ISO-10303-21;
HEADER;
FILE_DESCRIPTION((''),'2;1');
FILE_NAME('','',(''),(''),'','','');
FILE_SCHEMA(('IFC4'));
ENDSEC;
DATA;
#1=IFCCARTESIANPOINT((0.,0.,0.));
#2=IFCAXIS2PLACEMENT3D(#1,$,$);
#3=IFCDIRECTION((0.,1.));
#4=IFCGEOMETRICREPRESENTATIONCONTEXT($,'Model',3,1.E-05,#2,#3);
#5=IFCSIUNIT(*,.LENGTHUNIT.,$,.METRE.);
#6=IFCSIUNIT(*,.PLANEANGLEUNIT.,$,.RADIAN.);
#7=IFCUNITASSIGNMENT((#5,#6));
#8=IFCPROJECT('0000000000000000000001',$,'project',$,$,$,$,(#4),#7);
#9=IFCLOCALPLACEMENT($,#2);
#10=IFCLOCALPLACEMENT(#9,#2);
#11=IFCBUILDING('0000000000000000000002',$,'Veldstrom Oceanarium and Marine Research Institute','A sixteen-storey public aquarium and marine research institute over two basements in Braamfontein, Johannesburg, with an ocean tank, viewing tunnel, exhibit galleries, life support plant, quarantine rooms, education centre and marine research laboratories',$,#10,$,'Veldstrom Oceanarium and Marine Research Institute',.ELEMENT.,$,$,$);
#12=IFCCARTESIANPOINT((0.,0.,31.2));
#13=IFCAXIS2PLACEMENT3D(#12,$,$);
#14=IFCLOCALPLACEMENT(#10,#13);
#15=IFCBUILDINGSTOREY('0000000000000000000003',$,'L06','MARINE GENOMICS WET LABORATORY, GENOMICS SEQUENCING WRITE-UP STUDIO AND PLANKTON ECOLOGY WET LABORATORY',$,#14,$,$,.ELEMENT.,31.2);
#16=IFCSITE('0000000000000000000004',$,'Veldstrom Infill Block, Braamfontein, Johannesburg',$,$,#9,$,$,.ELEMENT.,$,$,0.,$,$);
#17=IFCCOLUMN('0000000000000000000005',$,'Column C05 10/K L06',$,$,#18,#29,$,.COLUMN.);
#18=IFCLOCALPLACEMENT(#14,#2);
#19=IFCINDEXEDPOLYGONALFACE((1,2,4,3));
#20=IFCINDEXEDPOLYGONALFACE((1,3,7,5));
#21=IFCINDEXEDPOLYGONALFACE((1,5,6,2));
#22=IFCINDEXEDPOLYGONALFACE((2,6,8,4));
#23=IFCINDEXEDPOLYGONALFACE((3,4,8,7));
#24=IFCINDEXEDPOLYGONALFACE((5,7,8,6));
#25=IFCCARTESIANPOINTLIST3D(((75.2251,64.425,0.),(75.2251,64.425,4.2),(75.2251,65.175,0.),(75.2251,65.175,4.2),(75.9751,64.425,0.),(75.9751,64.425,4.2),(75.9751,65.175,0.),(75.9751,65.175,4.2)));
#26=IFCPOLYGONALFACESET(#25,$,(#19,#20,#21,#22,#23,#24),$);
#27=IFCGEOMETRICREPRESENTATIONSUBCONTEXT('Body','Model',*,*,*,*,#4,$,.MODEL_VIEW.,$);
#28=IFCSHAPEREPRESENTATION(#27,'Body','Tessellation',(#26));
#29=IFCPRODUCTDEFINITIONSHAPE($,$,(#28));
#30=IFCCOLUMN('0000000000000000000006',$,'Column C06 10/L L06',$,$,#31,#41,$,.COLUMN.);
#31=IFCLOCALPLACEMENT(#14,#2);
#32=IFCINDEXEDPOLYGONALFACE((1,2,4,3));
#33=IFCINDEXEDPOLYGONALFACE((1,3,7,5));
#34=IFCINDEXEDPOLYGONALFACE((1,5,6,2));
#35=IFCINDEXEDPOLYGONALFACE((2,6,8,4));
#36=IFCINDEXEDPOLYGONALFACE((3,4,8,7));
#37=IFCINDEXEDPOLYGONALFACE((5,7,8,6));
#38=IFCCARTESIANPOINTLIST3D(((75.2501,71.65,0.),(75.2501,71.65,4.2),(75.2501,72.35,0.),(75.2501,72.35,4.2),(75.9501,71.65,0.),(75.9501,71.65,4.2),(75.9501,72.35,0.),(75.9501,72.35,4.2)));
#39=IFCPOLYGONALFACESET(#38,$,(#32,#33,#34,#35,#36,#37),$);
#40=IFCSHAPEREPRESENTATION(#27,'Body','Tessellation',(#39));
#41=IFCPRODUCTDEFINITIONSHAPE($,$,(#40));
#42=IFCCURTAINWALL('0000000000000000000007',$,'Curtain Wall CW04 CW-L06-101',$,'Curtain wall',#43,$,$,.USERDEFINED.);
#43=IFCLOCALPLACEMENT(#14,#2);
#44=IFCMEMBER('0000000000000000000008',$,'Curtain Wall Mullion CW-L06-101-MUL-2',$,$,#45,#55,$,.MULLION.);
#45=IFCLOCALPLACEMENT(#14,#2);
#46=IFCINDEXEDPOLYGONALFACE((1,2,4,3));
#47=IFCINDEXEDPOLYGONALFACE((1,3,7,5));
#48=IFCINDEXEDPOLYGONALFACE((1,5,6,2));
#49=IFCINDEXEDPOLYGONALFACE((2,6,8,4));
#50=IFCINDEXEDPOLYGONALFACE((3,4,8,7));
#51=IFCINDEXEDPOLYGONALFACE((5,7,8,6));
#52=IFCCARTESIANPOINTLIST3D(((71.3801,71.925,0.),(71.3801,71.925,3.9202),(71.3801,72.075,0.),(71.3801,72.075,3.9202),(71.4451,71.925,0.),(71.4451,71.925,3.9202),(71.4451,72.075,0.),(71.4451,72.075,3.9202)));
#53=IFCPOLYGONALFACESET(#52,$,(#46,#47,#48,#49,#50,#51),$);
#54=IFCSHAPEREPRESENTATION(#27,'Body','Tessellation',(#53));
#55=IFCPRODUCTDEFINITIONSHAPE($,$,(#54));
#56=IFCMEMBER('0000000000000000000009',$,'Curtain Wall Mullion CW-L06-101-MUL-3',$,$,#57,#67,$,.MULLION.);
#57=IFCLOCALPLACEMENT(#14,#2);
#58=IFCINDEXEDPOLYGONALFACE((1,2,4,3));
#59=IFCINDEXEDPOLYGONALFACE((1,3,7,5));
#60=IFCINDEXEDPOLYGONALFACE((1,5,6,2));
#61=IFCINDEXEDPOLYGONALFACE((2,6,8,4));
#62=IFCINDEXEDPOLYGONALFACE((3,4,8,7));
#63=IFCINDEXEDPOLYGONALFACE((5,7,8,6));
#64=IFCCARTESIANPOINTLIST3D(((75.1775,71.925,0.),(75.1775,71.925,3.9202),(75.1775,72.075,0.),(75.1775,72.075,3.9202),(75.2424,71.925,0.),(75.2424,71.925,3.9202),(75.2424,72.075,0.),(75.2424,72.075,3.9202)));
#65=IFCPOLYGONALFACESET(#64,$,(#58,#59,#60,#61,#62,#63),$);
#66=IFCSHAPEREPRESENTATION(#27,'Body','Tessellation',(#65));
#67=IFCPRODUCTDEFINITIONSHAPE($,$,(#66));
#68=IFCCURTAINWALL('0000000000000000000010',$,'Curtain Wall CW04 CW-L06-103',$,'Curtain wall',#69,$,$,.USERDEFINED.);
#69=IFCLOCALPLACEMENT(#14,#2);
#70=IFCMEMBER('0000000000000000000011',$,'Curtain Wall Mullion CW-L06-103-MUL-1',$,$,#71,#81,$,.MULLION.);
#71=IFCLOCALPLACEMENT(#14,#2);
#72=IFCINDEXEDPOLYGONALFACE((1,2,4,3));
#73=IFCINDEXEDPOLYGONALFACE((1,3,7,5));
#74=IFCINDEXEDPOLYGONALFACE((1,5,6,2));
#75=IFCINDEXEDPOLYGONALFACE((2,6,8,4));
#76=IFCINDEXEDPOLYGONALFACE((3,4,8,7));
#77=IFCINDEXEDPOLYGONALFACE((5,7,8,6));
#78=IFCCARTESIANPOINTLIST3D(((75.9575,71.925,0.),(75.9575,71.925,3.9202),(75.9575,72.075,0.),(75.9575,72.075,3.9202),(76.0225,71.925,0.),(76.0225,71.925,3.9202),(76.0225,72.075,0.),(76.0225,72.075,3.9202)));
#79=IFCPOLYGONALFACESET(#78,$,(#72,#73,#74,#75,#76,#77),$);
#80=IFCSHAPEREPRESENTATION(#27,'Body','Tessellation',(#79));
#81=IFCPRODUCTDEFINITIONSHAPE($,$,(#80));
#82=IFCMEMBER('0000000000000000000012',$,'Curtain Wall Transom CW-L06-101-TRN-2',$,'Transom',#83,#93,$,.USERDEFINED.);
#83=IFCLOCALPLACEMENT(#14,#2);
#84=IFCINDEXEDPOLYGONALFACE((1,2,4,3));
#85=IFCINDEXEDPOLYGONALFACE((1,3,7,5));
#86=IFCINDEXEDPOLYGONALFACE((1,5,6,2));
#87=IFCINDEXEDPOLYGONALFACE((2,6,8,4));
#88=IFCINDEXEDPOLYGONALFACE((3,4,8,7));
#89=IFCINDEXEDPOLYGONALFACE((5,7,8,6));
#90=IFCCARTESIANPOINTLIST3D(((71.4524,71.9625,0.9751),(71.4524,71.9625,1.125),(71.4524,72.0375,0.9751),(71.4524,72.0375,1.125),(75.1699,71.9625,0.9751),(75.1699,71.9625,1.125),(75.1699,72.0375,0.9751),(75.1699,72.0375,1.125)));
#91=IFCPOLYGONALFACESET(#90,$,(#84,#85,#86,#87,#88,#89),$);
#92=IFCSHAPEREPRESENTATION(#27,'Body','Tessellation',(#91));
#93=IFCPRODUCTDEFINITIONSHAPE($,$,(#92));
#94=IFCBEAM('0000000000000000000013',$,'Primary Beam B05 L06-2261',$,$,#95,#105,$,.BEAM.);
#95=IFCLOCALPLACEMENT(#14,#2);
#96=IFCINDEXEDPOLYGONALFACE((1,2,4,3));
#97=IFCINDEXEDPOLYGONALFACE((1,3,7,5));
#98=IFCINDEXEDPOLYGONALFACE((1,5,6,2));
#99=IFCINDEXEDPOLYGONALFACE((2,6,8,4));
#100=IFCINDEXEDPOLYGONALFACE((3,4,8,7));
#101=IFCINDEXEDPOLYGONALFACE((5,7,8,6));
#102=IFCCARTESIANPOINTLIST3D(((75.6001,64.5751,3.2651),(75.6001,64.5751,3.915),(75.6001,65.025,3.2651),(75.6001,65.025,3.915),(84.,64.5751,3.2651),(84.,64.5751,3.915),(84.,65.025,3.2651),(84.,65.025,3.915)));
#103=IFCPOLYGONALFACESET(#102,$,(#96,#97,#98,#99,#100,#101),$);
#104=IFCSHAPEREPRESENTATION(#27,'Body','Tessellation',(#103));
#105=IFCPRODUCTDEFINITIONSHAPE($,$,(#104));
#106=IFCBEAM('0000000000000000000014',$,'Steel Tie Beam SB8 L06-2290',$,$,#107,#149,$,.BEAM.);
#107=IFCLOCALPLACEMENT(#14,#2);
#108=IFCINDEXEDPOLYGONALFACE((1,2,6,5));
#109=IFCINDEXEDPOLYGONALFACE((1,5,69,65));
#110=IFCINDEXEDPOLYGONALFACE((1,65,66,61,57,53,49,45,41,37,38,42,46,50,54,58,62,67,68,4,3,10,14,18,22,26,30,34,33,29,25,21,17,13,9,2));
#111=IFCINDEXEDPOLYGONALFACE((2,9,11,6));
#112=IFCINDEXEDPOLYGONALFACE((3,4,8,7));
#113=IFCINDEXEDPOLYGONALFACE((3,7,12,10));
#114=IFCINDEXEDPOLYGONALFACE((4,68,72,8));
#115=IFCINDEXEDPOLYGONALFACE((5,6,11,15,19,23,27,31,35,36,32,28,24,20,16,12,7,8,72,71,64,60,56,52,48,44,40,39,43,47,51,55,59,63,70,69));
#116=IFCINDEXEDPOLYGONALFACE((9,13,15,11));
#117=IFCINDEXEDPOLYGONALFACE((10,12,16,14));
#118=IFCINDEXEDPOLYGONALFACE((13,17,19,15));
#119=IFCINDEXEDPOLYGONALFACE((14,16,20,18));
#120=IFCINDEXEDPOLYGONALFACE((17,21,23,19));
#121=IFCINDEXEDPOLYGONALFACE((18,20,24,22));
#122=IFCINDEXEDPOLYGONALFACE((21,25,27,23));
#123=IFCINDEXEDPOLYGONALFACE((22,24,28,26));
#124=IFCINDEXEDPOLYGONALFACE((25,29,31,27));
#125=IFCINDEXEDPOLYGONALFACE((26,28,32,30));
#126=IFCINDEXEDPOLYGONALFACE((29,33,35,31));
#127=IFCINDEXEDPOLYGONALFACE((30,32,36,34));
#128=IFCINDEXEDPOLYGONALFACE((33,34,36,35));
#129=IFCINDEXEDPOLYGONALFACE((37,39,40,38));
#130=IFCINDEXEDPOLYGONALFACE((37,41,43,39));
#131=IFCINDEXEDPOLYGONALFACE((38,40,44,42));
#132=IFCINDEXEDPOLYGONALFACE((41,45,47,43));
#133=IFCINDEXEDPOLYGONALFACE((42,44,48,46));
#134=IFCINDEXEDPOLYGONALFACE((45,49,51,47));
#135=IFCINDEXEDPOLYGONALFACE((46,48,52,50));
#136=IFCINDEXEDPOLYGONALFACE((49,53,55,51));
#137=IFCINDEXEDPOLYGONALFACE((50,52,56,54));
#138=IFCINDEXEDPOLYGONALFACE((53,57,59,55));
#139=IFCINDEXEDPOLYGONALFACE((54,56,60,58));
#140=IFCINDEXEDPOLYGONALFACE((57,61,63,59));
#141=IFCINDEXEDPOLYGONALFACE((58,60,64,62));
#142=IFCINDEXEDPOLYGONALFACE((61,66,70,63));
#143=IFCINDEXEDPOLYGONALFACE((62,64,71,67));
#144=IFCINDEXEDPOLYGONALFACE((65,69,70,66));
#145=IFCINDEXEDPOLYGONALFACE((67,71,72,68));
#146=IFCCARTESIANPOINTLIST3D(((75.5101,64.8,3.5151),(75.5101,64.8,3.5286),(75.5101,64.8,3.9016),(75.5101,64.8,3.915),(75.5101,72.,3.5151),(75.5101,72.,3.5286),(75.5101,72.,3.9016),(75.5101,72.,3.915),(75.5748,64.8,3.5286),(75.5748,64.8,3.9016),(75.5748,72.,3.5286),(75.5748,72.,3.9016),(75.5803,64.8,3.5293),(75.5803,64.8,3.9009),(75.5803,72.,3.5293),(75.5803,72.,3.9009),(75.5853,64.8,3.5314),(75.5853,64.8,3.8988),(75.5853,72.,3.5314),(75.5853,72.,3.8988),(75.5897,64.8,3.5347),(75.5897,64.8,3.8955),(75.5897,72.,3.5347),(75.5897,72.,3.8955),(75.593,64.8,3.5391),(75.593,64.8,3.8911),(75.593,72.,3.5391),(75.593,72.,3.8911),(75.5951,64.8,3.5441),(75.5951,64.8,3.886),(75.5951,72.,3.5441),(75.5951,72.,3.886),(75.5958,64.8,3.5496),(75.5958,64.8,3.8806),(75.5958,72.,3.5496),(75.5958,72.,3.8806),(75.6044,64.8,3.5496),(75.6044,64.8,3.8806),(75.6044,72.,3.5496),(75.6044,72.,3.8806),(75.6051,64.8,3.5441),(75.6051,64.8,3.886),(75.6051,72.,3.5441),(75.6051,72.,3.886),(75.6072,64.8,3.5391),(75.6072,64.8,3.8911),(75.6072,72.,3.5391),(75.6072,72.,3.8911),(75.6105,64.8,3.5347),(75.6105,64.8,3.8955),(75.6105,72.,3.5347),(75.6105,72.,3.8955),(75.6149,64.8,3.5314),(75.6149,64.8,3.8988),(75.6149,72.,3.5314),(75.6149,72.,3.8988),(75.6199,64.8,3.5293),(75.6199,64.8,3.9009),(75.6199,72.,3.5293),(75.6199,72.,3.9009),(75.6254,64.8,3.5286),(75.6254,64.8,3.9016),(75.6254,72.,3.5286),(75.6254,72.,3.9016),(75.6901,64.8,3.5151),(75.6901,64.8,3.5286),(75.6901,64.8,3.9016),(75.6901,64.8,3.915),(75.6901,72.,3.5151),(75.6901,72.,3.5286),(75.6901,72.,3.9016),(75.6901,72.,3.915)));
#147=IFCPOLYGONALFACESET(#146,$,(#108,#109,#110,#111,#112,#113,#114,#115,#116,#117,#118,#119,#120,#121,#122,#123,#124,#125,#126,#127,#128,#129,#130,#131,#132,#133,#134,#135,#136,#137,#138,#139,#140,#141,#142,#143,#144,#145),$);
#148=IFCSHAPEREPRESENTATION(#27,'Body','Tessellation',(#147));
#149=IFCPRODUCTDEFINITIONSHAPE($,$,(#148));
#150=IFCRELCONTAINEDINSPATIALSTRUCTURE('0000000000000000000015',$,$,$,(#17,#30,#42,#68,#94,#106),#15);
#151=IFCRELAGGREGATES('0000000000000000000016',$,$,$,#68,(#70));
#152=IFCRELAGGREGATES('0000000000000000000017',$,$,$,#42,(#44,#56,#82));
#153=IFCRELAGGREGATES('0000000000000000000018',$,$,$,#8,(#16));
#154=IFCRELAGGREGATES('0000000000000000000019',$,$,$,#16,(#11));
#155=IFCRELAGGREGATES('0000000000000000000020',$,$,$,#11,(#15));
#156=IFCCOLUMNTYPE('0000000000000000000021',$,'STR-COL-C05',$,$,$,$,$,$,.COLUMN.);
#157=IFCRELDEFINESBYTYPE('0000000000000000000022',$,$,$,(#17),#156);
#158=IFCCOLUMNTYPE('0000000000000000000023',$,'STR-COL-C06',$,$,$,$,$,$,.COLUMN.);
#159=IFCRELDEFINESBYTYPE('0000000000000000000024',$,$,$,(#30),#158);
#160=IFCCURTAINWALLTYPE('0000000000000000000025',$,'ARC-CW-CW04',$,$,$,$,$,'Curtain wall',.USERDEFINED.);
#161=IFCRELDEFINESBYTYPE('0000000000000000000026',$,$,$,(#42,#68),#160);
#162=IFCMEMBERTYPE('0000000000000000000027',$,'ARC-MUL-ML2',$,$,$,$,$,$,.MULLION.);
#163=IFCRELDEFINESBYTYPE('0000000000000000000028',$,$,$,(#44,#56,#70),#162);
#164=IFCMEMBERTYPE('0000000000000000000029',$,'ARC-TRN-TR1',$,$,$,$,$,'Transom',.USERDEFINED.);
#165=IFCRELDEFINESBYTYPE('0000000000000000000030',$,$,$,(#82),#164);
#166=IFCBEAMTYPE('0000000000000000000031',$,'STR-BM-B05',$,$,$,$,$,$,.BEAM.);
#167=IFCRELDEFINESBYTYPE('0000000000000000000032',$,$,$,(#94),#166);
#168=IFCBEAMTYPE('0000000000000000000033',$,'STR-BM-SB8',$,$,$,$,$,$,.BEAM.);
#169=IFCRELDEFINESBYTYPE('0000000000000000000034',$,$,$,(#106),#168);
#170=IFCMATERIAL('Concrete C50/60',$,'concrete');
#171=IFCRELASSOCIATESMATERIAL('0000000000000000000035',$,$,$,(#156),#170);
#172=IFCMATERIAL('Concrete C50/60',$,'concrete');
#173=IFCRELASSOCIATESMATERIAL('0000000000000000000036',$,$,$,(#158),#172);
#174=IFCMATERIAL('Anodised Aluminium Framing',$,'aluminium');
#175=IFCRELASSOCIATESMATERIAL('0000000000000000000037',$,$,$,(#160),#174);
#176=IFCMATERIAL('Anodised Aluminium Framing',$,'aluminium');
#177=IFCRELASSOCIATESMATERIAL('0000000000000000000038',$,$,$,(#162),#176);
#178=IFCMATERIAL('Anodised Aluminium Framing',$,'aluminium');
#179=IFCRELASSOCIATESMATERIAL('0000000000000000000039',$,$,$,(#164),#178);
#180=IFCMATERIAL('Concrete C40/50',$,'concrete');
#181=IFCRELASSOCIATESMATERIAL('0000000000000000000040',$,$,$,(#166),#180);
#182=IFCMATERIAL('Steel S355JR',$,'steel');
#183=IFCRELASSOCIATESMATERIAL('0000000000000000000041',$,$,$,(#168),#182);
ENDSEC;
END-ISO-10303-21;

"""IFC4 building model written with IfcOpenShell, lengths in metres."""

from ifc_helpers import new_model, si_unit, direction, frame, origin, origin_2d, place, context, subcontext, project, spatial, rectangle, i_section, extrude, material, material_profile, profile_set, type_object, element, aggregate, save


model = new_model("IFC4")

# Units and contexts
model_context = context("Model", 3, precision=1e-05, world=origin(), true_north=direction((0.0, 1.0)))
body_context = subcontext(model_context, "Body", "Model", "MODEL_VIEW")
ifc_project = project(units=[si_unit("LENGTHUNIT", "METRE"), si_unit("PLANEANGLEUNIT", "RADIAN")], contexts=[model_context])

# Site, building, storey
site_placement = place(None, origin())
site = spatial("IfcSite", under=ifc_project, at=site_placement, Name="Veldstrom Infill Block, Braamfontein, Johannesburg", CompositionType="ELEMENT", RefElevation=0.0)
building_placement = place(site_placement, origin())
building = spatial("IfcBuilding", under=site, at=building_placement, Name="Veldstrom Oceanarium and Marine Research Institute", Description="A sixteen-storey public aquarium and marine research institute over two basements in Braamfontein, Johannesburg, with an ocean tank, viewing tunnel, exhibit galleries, life support plant, quarantine rooms, education centre and marine research laboratories", LongName="Veldstrom Oceanarium and Marine Research Institute", CompositionType="ELEMENT")
storey_placement = place(building_placement, frame((0.0, 0.0, 31.2)))
storey = spatial("IfcBuildingStorey", under=building, at=storey_placement, Name="L06", Description="MARINE GENOMICS WET LABORATORY, GENOMICS SEQUENCING WRITE-UP STUDIO AND PLANKTON ECOLOGY WET LABORATORY", CompositionType="ELEMENT", Elevation=31.2)

# Columns
ifc_material_1 = material(Name="Concrete C50/60", Category="concrete")
ifc_material_profile_1 = material_profile(ifc_material_1, rectangle(XDim=0.75, YDim=0.75, at=origin_2d()), Name="RC-COL-750x750")
ifc_profile_set_1 = profile_set([ifc_material_profile_1], Name="Concrete C50/60")
column_type_1 = type_object("IfcColumnType", Name="STR-COL-C05", PredefinedType="COLUMN", material=ifc_profile_set_1)
column_1_placement = place(storey_placement, frame((75.6001, 64.8, 0.0), z_axis=(0.0, 0.0, 1.0), x_axis=(1.0, 0.0, 0.0)))
element("IfcColumn", 1, at=column_1_placement, inside=storey, type_object=column_type_1, Name="Column C05 10/K L06", PredefinedType="COLUMN", context=body_context, shape_type="SweptSolid", body=[
    extrude(rectangle(XDim=0.75, YDim=0.75, at=origin_2d()), origin(), (0.0, 0.0, 1.0), 4.2),
])
ifc_material_2 = material(Name="Concrete C50/60", Category="concrete")
ifc_material_profile_2 = material_profile(ifc_material_2, rectangle(XDim=0.7, YDim=0.7, at=origin_2d()), Name="RC-COL-700x700")
ifc_profile_set_2 = profile_set([ifc_material_profile_2], Name="Concrete C50/60")
column_type_2 = type_object("IfcColumnType", Name="STR-COL-C06", PredefinedType="COLUMN", material=ifc_profile_set_2)
column_2_placement = place(storey_placement, frame((75.6001, 72.0, 0.0), z_axis=(0.0, 0.0, 1.0), x_axis=(1.0, 0.0, 0.0)))
element("IfcColumn", 2, at=column_2_placement, inside=storey, type_object=column_type_2, Name="Column C06 10/L L06", PredefinedType="COLUMN", context=body_context, shape_type="SweptSolid", body=[
    extrude(rectangle(XDim=0.7, YDim=0.7, at=origin_2d()), origin(), (0.0, 0.0, 1.0), 4.2),
])

# Curtain wall, members
ifc_material_3 = material(Name="Anodised Aluminium Framing", Category="aluminium")
curtain_wall_type = type_object("IfcCurtainWallType", Name="ARC-CW-CW04", ElementType="Curtain wall", PredefinedType="USERDEFINED", material=ifc_material_3)
curtain_wall_1_placement = place(storey_placement, origin())
curtain_wall_1 = element("IfcCurtainWall", 3, at=curtain_wall_1_placement, inside=storey, type_object=curtain_wall_type, Name="Curtain Wall CW04 CW-L06-101", ObjectType="Curtain wall", PredefinedType="USERDEFINED")
ifc_material_4 = material(Name="Anodised Aluminium Framing", Category="aluminium")
ifc_material_profile_3 = material_profile(ifc_material_4, rectangle(XDim=0.0649, YDim=0.1499, at=origin_2d()), Name="ALU-MUL-65x150")
ifc_profile_set_3 = profile_set([ifc_material_profile_3], Name="Anodised Aluminium Framing")
member_type_1 = type_object("IfcMemberType", Name="ARC-MUL-ML2", PredefinedType="MULLION", material=ifc_profile_set_3)
member_1_placement = place(storey_placement, frame((71.4126, 72.0, 0.0), z_axis=(0.0, 0.0, 1.0), x_axis=(1.0, 0.0, 0.0)))
member_1 = element("IfcMember", 4, at=member_1_placement, type_object=member_type_1, Name="Curtain Wall Mullion CW-L06-101-MUL-2", PredefinedType="MULLION", context=body_context, shape_type="SweptSolid", body=[
    extrude(rectangle(XDim=0.0649, YDim=0.1499, at=origin_2d()), origin(), (0.0, 0.0, 1.0), 3.9202),
])
member_2_placement = place(storey_placement, frame((75.21, 72.0, 0.0), z_axis=(0.0, 0.0, 1.0), x_axis=(1.0, 0.0, 0.0)))
member_2 = element("IfcMember", 5, at=member_2_placement, type_object=member_type_1, Name="Curtain Wall Mullion CW-L06-101-MUL-3", PredefinedType="MULLION", context=body_context, shape_type="SweptSolid", body=[
    extrude(rectangle(XDim=0.0649, YDim=0.1499, at=origin_2d()), origin(), (0.0, 0.0, 1.0), 3.9202),
])

# Curtain wall, member
curtain_wall_2_placement = place(storey_placement, origin())
curtain_wall_2 = element("IfcCurtainWall", 6, at=curtain_wall_2_placement, inside=storey, type_object=curtain_wall_type, Name="Curtain Wall CW04 CW-L06-103", ObjectType="Curtain wall", PredefinedType="USERDEFINED")
member_3_placement = place(storey_placement, frame((75.99, 72.0, 0.0), z_axis=(0.0, 0.0, 1.0), x_axis=(1.0, 0.0, 0.0)))
member_3 = element("IfcMember", 7, at=member_3_placement, type_object=member_type_1, Name="Curtain Wall Mullion CW-L06-103-MUL-1", PredefinedType="MULLION", context=body_context, shape_type="SweptSolid", body=[
    extrude(rectangle(XDim=0.0649, YDim=0.1499, at=origin_2d()), origin(), (0.0, 0.0, 1.0), 3.9202),
])
aggregate(curtain_wall_2, [member_3])

# Member
ifc_material_5 = material(Name="Anodised Aluminium Framing", Category="aluminium")
ifc_material_profile_4 = material_profile(ifc_material_5, rectangle(XDim=0.075, YDim=0.1499, at=origin_2d()), Name="ALU-TRN-75x150")
ifc_profile_set_4 = profile_set([ifc_material_profile_4], Name="Anodised Aluminium Framing")
member_type_2 = type_object("IfcMemberType", Name="ARC-TRN-TR1", ElementType="Transom", PredefinedType="USERDEFINED", material=ifc_profile_set_4)
member_4_placement = place(storey_placement, frame((71.4524, 72.0, 1.05), z_axis=(1.0, 0.0, 0.0), x_axis=(0.0, 1.0, 0.0)))
member_4 = element("IfcMember", 8, at=member_4_placement, type_object=member_type_2, Name="Curtain Wall Transom CW-L06-101-TRN-2", ObjectType="Transom", PredefinedType="USERDEFINED", context=body_context, shape_type="SweptSolid", body=[
    extrude(rectangle(XDim=0.075, YDim=0.1499, at=origin_2d()), origin(), (0.0, 0.0, 1.0), 3.7175),
])

# Beams
ifc_material_6 = material(Name="Concrete C40/50", Category="concrete")
ifc_material_profile_5 = material_profile(ifc_material_6, rectangle(XDim=0.45, YDim=0.6499, at=origin_2d()), Name="RC-BM-450x650")
ifc_profile_set_5 = profile_set([ifc_material_profile_5], Name="Concrete C40/50")
beam_type_1 = type_object("IfcBeamType", Name="STR-BM-B05", PredefinedType="BEAM", material=ifc_profile_set_5)
beam_1_placement = place(storey_placement, frame((75.6001, 64.8, 3.5901), z_axis=(1.0, 0.0, 0.0), x_axis=(0.0, 1.0, 0.0)))
element("IfcBeam", 9, at=beam_1_placement, inside=storey, type_object=beam_type_1, Name="Primary Beam B05 L06-2261", PredefinedType="BEAM", context=body_context, shape_type="SweptSolid", body=[
    extrude(rectangle(XDim=0.45, YDim=0.6499, at=origin_2d()), origin(), (0.0, 0.0, 1.0), 8.3999),
])
ifc_material_7 = material(Name="Steel S355JR", Category="steel")
ifc_material_profile_6 = material_profile(ifc_material_7, i_section(OverallWidth=0.1799, OverallDepth=0.3999, WebThickness=0.0085, FlangeThickness=0.0134, FilletRadius=0.021, at=origin_2d()), Name="IPE 400")
ifc_profile_set_6 = profile_set([ifc_material_profile_6], Name="Steel S355JR")
beam_type_2 = type_object("IfcBeamType", Name="STR-BM-SB8", PredefinedType="BEAM", material=ifc_profile_set_6)
beam_2_placement = place(storey_placement, frame((75.6001, 64.8, 3.7151), z_axis=(0.0, 1.0, 0.0), x_axis=(-1.0, 0.0, 0.0)))
element("IfcBeam", 10, at=beam_2_placement, inside=storey, type_object=beam_type_2, Name="Steel Tie Beam SB8 L06-2290", PredefinedType="BEAM", context=body_context, shape_type="SweptSolid", body=[
    extrude(i_section(OverallWidth=0.1799, OverallDepth=0.3999, WebThickness=0.0085, FlangeThickness=0.0134, FilletRadius=0.021, at=origin_2d()), origin(), (0.0, 0.0, 1.0), 7.2),
])

aggregate(curtain_wall_1, [member_1, member_2, member_4])

save(model, "model.ifc")
